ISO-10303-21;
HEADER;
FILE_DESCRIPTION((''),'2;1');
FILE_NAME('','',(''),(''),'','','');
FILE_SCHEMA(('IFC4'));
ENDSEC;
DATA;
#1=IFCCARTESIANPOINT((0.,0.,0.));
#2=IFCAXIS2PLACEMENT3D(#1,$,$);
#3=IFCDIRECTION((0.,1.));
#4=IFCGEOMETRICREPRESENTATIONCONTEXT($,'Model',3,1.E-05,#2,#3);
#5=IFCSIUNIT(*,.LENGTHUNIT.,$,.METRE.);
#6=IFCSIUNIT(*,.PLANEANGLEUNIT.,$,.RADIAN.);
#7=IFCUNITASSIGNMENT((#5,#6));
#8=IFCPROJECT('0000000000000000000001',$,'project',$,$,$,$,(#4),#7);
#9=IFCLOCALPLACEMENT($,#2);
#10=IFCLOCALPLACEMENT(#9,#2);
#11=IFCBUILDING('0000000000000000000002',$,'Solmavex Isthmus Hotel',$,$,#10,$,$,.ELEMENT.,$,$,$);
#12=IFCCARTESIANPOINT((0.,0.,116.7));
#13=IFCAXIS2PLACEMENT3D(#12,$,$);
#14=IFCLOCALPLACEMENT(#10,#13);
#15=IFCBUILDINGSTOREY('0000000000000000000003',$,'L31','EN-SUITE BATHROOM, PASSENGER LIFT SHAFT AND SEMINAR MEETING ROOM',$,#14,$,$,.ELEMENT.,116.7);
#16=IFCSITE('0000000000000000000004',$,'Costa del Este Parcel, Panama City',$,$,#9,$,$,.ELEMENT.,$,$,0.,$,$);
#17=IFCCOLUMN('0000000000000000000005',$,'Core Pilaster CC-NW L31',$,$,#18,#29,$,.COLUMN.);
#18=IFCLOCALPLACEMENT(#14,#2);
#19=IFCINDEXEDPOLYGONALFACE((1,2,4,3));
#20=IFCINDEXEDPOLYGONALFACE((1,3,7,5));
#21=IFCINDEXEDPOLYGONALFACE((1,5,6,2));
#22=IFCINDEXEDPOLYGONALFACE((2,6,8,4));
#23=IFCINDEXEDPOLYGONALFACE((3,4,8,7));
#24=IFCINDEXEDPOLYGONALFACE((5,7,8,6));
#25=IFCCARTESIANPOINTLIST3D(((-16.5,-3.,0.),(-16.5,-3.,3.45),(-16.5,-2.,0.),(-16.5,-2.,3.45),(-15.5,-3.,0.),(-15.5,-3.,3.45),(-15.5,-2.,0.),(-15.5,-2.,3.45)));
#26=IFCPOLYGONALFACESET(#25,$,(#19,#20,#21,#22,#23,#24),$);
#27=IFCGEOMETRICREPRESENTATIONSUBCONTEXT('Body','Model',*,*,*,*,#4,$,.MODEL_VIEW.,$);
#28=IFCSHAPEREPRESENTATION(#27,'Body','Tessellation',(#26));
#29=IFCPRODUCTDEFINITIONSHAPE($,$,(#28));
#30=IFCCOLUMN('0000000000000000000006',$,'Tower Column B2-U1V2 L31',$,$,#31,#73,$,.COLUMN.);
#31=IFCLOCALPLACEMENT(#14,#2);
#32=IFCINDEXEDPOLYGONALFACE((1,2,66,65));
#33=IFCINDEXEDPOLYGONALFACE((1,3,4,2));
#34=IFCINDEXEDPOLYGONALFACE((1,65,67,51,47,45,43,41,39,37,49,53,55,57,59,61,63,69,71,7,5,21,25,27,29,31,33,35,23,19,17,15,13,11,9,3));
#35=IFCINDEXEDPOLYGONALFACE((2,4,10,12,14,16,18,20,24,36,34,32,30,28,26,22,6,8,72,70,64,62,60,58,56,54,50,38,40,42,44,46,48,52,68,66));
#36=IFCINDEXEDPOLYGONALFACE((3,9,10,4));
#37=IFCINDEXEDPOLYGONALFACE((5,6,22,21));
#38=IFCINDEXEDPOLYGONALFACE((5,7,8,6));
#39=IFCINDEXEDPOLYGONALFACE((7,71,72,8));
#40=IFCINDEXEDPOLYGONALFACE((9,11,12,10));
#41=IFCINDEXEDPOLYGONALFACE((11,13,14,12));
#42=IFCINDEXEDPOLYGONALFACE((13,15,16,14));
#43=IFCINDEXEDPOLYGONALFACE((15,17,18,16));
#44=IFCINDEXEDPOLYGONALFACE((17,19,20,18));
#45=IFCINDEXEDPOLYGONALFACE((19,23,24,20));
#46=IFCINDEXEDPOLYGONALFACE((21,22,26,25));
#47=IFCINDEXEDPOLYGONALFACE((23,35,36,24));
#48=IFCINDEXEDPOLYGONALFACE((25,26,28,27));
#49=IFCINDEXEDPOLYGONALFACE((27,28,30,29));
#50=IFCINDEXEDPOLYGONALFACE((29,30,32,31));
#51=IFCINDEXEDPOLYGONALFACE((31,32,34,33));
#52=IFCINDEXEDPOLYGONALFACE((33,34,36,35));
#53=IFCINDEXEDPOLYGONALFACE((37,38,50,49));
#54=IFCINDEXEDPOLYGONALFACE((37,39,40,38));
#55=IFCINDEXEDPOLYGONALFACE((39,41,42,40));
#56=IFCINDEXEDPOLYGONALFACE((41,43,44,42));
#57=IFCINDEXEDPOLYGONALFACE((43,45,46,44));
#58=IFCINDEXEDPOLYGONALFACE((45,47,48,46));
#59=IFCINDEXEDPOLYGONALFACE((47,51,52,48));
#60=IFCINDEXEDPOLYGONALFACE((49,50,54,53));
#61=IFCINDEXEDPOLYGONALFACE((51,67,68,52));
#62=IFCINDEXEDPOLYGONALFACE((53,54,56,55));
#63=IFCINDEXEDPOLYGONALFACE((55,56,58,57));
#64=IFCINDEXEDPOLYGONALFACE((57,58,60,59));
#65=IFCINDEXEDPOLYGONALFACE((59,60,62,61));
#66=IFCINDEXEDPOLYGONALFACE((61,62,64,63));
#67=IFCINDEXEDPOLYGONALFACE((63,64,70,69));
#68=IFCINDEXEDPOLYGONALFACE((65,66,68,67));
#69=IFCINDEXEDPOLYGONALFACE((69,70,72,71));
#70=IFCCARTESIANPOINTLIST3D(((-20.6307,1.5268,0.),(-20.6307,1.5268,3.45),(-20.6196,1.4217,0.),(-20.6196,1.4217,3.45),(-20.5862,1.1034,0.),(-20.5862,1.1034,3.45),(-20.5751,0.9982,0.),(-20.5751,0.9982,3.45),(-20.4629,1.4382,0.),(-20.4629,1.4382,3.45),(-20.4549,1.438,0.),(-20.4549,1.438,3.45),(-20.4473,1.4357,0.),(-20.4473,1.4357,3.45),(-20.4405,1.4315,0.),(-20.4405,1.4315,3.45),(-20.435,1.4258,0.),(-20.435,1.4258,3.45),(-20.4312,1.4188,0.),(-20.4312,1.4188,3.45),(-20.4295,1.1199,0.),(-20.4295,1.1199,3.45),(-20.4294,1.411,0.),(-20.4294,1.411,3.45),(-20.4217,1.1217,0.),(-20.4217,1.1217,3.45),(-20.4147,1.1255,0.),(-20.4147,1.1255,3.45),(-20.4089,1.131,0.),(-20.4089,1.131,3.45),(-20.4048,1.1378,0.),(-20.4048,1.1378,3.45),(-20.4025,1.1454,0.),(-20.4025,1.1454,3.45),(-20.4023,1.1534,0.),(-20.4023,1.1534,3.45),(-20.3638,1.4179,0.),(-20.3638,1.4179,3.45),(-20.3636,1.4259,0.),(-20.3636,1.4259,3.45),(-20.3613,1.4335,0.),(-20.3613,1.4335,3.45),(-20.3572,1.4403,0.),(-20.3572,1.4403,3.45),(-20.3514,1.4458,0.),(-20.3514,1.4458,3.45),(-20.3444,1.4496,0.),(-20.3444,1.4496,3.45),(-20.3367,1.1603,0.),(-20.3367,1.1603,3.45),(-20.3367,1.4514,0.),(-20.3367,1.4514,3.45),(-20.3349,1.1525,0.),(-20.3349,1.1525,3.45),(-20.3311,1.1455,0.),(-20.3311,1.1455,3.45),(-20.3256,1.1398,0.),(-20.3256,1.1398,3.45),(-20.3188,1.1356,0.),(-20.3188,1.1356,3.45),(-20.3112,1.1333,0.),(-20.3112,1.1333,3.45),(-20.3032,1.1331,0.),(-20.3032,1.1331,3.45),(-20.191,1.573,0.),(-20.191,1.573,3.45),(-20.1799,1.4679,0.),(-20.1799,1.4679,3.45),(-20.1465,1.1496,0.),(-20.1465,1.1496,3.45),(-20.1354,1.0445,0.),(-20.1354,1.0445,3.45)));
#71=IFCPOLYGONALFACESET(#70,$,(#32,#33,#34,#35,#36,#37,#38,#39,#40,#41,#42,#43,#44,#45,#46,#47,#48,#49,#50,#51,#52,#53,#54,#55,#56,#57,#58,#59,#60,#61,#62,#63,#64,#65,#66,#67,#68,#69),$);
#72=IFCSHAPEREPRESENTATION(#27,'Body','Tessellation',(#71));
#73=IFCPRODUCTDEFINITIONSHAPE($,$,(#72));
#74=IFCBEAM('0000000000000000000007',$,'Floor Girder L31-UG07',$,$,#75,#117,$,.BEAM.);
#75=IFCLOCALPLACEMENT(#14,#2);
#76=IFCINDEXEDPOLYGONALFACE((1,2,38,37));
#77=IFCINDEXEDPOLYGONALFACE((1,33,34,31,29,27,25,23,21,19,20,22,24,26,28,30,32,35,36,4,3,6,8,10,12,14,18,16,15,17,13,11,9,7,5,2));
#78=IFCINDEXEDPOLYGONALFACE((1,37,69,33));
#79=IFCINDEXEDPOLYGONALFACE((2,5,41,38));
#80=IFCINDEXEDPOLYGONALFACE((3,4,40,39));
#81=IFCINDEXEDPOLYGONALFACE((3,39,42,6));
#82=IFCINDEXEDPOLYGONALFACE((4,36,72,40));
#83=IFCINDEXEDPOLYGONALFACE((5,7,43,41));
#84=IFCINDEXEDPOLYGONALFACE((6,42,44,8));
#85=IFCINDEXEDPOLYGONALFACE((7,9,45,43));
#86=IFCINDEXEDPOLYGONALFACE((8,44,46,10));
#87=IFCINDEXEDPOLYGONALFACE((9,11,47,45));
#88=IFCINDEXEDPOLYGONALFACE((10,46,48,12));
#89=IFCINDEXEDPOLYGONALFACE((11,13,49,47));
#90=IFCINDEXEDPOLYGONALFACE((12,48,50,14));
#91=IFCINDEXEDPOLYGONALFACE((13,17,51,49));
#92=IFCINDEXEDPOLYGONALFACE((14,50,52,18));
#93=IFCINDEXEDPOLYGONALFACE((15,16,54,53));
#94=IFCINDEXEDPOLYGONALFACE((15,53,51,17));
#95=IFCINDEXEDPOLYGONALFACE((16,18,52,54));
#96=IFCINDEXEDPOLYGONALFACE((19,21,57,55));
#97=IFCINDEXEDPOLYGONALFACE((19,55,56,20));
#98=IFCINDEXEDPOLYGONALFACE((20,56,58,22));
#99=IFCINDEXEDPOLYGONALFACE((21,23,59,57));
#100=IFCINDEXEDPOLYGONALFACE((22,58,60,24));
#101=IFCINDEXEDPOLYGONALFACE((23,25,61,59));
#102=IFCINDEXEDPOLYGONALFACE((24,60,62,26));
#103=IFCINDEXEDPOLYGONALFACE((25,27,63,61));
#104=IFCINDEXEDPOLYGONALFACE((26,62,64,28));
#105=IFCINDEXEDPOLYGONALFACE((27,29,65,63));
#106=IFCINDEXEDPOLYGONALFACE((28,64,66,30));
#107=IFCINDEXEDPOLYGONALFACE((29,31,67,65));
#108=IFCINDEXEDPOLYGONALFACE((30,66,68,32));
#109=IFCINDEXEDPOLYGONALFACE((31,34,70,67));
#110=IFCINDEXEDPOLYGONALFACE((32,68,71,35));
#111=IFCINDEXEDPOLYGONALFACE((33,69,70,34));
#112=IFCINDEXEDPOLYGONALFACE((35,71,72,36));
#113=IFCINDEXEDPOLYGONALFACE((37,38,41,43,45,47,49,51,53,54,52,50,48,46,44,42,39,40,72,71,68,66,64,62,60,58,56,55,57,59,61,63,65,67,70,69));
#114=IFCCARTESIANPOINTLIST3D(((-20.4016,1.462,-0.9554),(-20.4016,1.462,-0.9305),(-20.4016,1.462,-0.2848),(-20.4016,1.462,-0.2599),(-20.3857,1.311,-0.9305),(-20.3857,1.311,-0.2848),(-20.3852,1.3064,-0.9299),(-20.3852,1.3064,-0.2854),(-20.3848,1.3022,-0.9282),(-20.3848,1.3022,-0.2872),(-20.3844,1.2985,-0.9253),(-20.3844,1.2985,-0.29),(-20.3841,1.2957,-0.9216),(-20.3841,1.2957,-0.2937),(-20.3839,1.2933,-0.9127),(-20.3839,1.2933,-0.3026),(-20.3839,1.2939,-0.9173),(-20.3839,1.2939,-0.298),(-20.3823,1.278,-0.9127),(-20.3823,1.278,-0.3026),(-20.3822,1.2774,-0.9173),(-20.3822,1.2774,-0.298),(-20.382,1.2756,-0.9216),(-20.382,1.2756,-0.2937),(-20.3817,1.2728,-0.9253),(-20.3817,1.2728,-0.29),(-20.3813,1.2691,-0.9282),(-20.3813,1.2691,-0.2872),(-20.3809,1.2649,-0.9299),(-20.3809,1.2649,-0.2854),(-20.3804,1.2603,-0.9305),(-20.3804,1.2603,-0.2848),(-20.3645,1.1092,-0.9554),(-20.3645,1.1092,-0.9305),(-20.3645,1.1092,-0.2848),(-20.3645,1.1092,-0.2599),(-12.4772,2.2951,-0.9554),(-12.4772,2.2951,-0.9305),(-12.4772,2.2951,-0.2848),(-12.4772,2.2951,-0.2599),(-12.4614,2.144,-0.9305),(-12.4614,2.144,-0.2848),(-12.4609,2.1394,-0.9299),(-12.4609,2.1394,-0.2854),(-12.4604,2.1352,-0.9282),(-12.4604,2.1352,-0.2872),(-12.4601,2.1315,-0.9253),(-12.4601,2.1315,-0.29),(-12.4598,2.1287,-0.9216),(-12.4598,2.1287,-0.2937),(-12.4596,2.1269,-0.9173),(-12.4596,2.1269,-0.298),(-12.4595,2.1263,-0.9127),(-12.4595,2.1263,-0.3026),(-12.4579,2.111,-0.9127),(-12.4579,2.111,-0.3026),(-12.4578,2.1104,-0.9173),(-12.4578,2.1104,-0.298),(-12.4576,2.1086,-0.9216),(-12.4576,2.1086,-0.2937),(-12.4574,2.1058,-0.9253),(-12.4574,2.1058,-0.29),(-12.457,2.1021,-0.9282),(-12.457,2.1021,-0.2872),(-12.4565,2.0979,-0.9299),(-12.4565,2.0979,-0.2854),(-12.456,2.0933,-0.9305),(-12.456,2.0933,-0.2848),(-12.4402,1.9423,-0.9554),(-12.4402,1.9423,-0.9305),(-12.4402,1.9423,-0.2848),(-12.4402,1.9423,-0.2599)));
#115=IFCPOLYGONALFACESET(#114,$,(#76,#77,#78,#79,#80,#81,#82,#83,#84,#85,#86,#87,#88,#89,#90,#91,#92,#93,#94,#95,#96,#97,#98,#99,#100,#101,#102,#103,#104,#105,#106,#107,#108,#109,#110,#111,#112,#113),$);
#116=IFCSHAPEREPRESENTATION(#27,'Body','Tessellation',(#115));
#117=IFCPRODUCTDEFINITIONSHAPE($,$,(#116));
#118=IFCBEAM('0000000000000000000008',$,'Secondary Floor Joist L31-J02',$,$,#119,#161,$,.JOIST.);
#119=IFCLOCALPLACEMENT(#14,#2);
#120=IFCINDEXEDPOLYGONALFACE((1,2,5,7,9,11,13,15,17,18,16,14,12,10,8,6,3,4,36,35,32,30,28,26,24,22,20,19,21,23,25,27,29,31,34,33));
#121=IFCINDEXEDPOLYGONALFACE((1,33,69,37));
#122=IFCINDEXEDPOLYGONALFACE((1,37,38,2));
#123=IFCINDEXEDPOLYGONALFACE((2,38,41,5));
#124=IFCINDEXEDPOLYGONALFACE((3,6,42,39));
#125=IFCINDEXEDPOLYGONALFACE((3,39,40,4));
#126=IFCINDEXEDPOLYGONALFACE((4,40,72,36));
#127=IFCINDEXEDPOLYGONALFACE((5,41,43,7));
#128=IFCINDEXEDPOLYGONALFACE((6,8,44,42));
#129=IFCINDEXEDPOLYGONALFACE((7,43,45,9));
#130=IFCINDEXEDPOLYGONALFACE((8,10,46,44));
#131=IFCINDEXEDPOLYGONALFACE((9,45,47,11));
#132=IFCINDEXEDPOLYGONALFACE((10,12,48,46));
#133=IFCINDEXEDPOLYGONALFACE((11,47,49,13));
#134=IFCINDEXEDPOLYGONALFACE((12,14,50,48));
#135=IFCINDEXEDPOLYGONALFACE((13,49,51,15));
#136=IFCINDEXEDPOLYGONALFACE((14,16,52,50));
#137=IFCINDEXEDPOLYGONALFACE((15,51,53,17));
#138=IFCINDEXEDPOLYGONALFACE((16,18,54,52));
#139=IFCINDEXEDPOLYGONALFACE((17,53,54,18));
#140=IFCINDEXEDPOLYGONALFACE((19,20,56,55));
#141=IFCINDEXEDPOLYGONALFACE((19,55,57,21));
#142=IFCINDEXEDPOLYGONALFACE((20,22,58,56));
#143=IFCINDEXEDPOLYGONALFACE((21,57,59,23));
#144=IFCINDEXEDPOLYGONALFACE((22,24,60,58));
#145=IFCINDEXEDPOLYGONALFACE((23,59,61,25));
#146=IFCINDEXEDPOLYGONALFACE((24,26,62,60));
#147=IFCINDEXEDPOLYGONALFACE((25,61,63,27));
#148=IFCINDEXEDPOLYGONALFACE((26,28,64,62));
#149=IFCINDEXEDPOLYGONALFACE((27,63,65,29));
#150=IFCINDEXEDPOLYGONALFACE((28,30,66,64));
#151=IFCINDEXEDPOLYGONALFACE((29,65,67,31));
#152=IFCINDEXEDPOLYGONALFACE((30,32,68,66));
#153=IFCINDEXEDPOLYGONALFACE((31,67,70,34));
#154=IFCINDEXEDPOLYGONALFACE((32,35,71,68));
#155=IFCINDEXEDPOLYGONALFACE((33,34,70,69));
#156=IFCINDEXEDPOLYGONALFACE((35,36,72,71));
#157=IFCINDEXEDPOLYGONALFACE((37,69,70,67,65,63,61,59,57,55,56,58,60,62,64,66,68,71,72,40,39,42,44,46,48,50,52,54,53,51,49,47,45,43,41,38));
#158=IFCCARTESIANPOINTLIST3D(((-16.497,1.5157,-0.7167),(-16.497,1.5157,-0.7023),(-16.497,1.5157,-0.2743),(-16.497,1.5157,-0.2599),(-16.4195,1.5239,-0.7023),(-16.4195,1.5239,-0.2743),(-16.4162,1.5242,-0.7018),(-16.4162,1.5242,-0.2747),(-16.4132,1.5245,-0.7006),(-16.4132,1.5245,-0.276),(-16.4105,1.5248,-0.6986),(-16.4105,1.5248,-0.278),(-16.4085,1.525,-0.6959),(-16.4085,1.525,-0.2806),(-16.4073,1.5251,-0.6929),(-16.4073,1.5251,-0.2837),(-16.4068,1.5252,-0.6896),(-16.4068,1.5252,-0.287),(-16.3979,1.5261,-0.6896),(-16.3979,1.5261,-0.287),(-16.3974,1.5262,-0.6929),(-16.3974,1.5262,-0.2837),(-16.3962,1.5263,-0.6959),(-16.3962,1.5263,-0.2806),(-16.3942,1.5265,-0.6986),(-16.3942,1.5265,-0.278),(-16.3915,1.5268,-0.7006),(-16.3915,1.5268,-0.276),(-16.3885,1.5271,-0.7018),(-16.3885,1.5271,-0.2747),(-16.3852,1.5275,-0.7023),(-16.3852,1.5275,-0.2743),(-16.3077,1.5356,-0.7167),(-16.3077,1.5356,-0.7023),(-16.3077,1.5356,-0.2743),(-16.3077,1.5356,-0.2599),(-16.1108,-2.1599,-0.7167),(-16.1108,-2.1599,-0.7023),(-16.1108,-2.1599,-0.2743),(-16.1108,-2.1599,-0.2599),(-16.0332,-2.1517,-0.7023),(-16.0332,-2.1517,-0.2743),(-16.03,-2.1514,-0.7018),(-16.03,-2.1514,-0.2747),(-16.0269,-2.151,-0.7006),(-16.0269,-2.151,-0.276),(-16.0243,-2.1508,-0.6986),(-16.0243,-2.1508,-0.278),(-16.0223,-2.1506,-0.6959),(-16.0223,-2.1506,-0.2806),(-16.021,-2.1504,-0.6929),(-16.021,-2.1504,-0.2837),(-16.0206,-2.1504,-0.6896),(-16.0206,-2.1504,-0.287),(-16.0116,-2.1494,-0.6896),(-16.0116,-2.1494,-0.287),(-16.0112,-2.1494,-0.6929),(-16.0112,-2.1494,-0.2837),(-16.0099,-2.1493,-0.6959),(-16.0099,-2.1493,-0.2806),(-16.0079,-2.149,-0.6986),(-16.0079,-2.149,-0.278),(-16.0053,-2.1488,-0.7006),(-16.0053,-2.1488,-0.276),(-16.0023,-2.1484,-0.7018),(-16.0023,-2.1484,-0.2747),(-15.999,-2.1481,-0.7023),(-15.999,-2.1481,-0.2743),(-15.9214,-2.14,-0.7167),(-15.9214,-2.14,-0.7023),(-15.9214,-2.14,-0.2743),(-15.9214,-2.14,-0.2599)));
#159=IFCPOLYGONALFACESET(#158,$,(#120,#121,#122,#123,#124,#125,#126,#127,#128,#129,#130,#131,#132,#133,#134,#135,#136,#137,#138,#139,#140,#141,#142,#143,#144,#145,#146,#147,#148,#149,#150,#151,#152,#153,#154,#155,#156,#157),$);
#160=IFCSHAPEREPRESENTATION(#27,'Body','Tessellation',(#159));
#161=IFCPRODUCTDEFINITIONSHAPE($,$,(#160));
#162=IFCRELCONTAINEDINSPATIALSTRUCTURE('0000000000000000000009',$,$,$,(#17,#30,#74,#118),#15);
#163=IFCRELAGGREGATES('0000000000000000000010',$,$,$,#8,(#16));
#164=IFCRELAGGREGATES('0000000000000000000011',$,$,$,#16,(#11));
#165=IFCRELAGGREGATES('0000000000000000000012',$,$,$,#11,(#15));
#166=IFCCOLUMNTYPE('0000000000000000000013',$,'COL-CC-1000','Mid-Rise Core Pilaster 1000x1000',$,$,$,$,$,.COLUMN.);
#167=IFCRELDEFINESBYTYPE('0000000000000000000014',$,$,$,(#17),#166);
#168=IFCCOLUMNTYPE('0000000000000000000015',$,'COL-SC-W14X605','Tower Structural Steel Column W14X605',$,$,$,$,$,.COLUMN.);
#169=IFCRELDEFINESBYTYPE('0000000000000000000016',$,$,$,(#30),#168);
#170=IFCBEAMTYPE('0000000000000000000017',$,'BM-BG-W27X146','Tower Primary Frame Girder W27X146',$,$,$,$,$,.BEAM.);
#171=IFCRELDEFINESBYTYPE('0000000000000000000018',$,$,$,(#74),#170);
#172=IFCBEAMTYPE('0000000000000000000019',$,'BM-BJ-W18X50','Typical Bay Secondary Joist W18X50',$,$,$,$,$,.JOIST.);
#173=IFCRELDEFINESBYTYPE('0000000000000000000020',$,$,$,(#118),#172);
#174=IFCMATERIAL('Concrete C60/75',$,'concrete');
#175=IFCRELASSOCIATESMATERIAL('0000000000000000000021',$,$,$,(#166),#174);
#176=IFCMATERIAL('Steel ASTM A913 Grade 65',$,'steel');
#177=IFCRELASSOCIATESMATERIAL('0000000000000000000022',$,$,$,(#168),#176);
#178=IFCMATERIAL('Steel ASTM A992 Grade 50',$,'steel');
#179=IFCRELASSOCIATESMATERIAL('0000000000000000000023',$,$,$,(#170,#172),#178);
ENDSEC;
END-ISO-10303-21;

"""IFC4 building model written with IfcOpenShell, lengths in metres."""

from ifc_helpers import new_model, si_unit, direction, frame, origin, origin_2d, place, context, subcontext, project, spatial, rectangle, i_section, extrude, material, material_profile, profile_set, type_object, element, save


model = new_model("IFC4")

# Units and contexts
model_context = context("Model", 3, precision=1e-05, world=origin(), true_north=direction((0.0, 1.0)))
body_context = subcontext(model_context, "Body", "Model", "MODEL_VIEW")
ifc_project = project(units=[si_unit("LENGTHUNIT", "METRE"), si_unit("PLANEANGLEUNIT", "RADIAN")], contexts=[model_context])

# Site, building, storey
site_placement = place(None, origin())
site = spatial("IfcSite", under=ifc_project, at=site_placement, Name="Costa del Este Parcel, Panama City", CompositionType="ELEMENT", RefElevation=0.0)
building_placement = place(site_placement, origin())
building = spatial("IfcBuilding", under=site, at=building_placement, Name="Solmavex Isthmus Hotel", CompositionType="ELEMENT")
storey_placement = place(building_placement, frame((0.0, 0.0, 116.7)))
storey = spatial("IfcBuildingStorey", under=building, at=storey_placement, Name="L31", Description="EN-SUITE BATHROOM, PASSENGER LIFT SHAFT AND SEMINAR MEETING ROOM", CompositionType="ELEMENT", Elevation=116.7)

# Columns
ifc_material_1 = material(Name="Concrete C60/75", Category="concrete")
ifc_material_profile_1 = material_profile(ifc_material_1, rectangle(XDim=1.0, YDim=1.0, at=origin_2d()), Name="RC1000X1000")
ifc_profile_set_1 = profile_set([ifc_material_profile_1], Name="Concrete C60/75")
column_type_1 = type_object("IfcColumnType", Name="COL-CC-1000", Description="Mid-Rise Core Pilaster 1000x1000", PredefinedType="COLUMN", material=ifc_profile_set_1)
column_1_placement = place(storey_placement, frame((-16.0, -2.5, 0.0), z_axis=(0.0, 0.0, 1.0), x_axis=(1.0, 0.0, 0.0)))
element("IfcColumn", 1, at=column_1_placement, inside=storey, type_object=column_type_1, Name="Core Pilaster CC-NW L31", PredefinedType="COLUMN", context=body_context, shape_type="SweptSolid", body=[
    extrude(rectangle(XDim=1.0, YDim=1.0, at=origin_2d()), origin(), (0.0, 0.0, 1.0), 3.45),
])
ifc_material_2 = material(Name="Steel ASTM A913 Grade 65", Category="steel")
ifc_material_profile_2 = material_profile(ifc_material_2, i_section(OverallWidth=0.4421, OverallDepth=0.5315, WebThickness=0.0659, FlangeThickness=0.1057, FilletRadius=0.0305, at=origin_2d()), Name="W14X605")
ifc_profile_set_2 = profile_set([ifc_material_profile_2], Name="Steel ASTM A913 Grade 65")
column_type_2 = type_object("IfcColumnType", Name="COL-SC-W14X605", Description="Tower Structural Steel Column W14X605", PredefinedType="COLUMN", material=ifc_profile_set_2)
column_2_placement = place(storey_placement, frame((-20.3831, 1.2856, 0.0), z_axis=(0.0, 0.0, 1.0), x_axis=(0.994522, 0.104528, 0.0)))
element("IfcColumn", 2, at=column_2_placement, inside=storey, type_object=column_type_2, Name="Tower Column B2-U1V2 L31", PredefinedType="COLUMN", context=body_context, shape_type="SweptSolid", body=[
    extrude(i_section(OverallWidth=0.4421, OverallDepth=0.5315, WebThickness=0.0659, FlangeThickness=0.1057, FilletRadius=0.0305, at=origin_2d()), origin(), (0.0, 0.0, 1.0), 3.45),
])

# Beams
ifc_material_3 = material(Name="Steel ASTM A992 Grade 50", Category="steel")
ifc_material_profile_3 = material_profile(ifc_material_3, i_section(OverallWidth=0.3547, OverallDepth=0.6956, WebThickness=0.0154, FlangeThickness=0.0249, FilletRadius=0.0178, at=origin_2d()), Name="W27X146")
ifc_profile_set_3 = profile_set([ifc_material_profile_3], Name="Steel ASTM A992 Grade 50")
beam_type_1 = type_object("IfcBeamType", Name="BM-BG-W27X146", Description="Tower Primary Frame Girder W27X146", PredefinedType="BEAM", material=ifc_profile_set_3)
beam_1_placement = place(storey_placement, frame((-20.3831, 1.2856, -0.6077), z_axis=(0.99452, 0.104544, 0.0), x_axis=(-0.104544, 0.99452, 0.0)))
element("IfcBeam", 3, at=beam_1_placement, inside=storey, type_object=beam_type_1, Name="Floor Girder L31-UG07", PredefinedType="BEAM", context=body_context, shape_type="SweptSolid", body=[
    extrude(i_section(OverallWidth=0.3547, OverallDepth=0.6956, WebThickness=0.0154, FlangeThickness=0.0249, FilletRadius=0.0178, at=origin_2d()), origin(), (0.0, 0.0, 1.0), 7.968),
])
ifc_material_profile_4 = material_profile(ifc_material_3, i_section(OverallWidth=0.1904, OverallDepth=0.4568, WebThickness=0.009, FlangeThickness=0.0144, FilletRadius=0.0127, at=origin_2d()), Name="W18X50")
ifc_profile_set_4 = profile_set([ifc_material_profile_4], Name="Steel ASTM A992 Grade 50")
beam_type_2 = type_object("IfcBeamType", Name="BM-BJ-W18X50", Description="Typical Bay Secondary Joist W18X50", PredefinedType="JOIST", material=ifc_profile_set_4)
beam_2_placement = place(storey_placement, frame((-16.0161, -2.1499, -0.4883), z_axis=(-0.104506, 0.994524, 0.0), x_axis=(-0.994524, -0.104506, 0.0)))
element("IfcBeam", 4, at=beam_2_placement, inside=storey, type_object=beam_type_2, Name="Secondary Floor Joist L31-J02", PredefinedType="JOIST", context=body_context, shape_type="SweptSolid", body=[
    extrude(i_section(OverallWidth=0.1904, OverallDepth=0.4568, WebThickness=0.009, FlangeThickness=0.0144, FilletRadius=0.0127, at=origin_2d()), origin(), (0.0, 0.0, 1.0), 3.6958),
])

save(model, "model.ifc")
